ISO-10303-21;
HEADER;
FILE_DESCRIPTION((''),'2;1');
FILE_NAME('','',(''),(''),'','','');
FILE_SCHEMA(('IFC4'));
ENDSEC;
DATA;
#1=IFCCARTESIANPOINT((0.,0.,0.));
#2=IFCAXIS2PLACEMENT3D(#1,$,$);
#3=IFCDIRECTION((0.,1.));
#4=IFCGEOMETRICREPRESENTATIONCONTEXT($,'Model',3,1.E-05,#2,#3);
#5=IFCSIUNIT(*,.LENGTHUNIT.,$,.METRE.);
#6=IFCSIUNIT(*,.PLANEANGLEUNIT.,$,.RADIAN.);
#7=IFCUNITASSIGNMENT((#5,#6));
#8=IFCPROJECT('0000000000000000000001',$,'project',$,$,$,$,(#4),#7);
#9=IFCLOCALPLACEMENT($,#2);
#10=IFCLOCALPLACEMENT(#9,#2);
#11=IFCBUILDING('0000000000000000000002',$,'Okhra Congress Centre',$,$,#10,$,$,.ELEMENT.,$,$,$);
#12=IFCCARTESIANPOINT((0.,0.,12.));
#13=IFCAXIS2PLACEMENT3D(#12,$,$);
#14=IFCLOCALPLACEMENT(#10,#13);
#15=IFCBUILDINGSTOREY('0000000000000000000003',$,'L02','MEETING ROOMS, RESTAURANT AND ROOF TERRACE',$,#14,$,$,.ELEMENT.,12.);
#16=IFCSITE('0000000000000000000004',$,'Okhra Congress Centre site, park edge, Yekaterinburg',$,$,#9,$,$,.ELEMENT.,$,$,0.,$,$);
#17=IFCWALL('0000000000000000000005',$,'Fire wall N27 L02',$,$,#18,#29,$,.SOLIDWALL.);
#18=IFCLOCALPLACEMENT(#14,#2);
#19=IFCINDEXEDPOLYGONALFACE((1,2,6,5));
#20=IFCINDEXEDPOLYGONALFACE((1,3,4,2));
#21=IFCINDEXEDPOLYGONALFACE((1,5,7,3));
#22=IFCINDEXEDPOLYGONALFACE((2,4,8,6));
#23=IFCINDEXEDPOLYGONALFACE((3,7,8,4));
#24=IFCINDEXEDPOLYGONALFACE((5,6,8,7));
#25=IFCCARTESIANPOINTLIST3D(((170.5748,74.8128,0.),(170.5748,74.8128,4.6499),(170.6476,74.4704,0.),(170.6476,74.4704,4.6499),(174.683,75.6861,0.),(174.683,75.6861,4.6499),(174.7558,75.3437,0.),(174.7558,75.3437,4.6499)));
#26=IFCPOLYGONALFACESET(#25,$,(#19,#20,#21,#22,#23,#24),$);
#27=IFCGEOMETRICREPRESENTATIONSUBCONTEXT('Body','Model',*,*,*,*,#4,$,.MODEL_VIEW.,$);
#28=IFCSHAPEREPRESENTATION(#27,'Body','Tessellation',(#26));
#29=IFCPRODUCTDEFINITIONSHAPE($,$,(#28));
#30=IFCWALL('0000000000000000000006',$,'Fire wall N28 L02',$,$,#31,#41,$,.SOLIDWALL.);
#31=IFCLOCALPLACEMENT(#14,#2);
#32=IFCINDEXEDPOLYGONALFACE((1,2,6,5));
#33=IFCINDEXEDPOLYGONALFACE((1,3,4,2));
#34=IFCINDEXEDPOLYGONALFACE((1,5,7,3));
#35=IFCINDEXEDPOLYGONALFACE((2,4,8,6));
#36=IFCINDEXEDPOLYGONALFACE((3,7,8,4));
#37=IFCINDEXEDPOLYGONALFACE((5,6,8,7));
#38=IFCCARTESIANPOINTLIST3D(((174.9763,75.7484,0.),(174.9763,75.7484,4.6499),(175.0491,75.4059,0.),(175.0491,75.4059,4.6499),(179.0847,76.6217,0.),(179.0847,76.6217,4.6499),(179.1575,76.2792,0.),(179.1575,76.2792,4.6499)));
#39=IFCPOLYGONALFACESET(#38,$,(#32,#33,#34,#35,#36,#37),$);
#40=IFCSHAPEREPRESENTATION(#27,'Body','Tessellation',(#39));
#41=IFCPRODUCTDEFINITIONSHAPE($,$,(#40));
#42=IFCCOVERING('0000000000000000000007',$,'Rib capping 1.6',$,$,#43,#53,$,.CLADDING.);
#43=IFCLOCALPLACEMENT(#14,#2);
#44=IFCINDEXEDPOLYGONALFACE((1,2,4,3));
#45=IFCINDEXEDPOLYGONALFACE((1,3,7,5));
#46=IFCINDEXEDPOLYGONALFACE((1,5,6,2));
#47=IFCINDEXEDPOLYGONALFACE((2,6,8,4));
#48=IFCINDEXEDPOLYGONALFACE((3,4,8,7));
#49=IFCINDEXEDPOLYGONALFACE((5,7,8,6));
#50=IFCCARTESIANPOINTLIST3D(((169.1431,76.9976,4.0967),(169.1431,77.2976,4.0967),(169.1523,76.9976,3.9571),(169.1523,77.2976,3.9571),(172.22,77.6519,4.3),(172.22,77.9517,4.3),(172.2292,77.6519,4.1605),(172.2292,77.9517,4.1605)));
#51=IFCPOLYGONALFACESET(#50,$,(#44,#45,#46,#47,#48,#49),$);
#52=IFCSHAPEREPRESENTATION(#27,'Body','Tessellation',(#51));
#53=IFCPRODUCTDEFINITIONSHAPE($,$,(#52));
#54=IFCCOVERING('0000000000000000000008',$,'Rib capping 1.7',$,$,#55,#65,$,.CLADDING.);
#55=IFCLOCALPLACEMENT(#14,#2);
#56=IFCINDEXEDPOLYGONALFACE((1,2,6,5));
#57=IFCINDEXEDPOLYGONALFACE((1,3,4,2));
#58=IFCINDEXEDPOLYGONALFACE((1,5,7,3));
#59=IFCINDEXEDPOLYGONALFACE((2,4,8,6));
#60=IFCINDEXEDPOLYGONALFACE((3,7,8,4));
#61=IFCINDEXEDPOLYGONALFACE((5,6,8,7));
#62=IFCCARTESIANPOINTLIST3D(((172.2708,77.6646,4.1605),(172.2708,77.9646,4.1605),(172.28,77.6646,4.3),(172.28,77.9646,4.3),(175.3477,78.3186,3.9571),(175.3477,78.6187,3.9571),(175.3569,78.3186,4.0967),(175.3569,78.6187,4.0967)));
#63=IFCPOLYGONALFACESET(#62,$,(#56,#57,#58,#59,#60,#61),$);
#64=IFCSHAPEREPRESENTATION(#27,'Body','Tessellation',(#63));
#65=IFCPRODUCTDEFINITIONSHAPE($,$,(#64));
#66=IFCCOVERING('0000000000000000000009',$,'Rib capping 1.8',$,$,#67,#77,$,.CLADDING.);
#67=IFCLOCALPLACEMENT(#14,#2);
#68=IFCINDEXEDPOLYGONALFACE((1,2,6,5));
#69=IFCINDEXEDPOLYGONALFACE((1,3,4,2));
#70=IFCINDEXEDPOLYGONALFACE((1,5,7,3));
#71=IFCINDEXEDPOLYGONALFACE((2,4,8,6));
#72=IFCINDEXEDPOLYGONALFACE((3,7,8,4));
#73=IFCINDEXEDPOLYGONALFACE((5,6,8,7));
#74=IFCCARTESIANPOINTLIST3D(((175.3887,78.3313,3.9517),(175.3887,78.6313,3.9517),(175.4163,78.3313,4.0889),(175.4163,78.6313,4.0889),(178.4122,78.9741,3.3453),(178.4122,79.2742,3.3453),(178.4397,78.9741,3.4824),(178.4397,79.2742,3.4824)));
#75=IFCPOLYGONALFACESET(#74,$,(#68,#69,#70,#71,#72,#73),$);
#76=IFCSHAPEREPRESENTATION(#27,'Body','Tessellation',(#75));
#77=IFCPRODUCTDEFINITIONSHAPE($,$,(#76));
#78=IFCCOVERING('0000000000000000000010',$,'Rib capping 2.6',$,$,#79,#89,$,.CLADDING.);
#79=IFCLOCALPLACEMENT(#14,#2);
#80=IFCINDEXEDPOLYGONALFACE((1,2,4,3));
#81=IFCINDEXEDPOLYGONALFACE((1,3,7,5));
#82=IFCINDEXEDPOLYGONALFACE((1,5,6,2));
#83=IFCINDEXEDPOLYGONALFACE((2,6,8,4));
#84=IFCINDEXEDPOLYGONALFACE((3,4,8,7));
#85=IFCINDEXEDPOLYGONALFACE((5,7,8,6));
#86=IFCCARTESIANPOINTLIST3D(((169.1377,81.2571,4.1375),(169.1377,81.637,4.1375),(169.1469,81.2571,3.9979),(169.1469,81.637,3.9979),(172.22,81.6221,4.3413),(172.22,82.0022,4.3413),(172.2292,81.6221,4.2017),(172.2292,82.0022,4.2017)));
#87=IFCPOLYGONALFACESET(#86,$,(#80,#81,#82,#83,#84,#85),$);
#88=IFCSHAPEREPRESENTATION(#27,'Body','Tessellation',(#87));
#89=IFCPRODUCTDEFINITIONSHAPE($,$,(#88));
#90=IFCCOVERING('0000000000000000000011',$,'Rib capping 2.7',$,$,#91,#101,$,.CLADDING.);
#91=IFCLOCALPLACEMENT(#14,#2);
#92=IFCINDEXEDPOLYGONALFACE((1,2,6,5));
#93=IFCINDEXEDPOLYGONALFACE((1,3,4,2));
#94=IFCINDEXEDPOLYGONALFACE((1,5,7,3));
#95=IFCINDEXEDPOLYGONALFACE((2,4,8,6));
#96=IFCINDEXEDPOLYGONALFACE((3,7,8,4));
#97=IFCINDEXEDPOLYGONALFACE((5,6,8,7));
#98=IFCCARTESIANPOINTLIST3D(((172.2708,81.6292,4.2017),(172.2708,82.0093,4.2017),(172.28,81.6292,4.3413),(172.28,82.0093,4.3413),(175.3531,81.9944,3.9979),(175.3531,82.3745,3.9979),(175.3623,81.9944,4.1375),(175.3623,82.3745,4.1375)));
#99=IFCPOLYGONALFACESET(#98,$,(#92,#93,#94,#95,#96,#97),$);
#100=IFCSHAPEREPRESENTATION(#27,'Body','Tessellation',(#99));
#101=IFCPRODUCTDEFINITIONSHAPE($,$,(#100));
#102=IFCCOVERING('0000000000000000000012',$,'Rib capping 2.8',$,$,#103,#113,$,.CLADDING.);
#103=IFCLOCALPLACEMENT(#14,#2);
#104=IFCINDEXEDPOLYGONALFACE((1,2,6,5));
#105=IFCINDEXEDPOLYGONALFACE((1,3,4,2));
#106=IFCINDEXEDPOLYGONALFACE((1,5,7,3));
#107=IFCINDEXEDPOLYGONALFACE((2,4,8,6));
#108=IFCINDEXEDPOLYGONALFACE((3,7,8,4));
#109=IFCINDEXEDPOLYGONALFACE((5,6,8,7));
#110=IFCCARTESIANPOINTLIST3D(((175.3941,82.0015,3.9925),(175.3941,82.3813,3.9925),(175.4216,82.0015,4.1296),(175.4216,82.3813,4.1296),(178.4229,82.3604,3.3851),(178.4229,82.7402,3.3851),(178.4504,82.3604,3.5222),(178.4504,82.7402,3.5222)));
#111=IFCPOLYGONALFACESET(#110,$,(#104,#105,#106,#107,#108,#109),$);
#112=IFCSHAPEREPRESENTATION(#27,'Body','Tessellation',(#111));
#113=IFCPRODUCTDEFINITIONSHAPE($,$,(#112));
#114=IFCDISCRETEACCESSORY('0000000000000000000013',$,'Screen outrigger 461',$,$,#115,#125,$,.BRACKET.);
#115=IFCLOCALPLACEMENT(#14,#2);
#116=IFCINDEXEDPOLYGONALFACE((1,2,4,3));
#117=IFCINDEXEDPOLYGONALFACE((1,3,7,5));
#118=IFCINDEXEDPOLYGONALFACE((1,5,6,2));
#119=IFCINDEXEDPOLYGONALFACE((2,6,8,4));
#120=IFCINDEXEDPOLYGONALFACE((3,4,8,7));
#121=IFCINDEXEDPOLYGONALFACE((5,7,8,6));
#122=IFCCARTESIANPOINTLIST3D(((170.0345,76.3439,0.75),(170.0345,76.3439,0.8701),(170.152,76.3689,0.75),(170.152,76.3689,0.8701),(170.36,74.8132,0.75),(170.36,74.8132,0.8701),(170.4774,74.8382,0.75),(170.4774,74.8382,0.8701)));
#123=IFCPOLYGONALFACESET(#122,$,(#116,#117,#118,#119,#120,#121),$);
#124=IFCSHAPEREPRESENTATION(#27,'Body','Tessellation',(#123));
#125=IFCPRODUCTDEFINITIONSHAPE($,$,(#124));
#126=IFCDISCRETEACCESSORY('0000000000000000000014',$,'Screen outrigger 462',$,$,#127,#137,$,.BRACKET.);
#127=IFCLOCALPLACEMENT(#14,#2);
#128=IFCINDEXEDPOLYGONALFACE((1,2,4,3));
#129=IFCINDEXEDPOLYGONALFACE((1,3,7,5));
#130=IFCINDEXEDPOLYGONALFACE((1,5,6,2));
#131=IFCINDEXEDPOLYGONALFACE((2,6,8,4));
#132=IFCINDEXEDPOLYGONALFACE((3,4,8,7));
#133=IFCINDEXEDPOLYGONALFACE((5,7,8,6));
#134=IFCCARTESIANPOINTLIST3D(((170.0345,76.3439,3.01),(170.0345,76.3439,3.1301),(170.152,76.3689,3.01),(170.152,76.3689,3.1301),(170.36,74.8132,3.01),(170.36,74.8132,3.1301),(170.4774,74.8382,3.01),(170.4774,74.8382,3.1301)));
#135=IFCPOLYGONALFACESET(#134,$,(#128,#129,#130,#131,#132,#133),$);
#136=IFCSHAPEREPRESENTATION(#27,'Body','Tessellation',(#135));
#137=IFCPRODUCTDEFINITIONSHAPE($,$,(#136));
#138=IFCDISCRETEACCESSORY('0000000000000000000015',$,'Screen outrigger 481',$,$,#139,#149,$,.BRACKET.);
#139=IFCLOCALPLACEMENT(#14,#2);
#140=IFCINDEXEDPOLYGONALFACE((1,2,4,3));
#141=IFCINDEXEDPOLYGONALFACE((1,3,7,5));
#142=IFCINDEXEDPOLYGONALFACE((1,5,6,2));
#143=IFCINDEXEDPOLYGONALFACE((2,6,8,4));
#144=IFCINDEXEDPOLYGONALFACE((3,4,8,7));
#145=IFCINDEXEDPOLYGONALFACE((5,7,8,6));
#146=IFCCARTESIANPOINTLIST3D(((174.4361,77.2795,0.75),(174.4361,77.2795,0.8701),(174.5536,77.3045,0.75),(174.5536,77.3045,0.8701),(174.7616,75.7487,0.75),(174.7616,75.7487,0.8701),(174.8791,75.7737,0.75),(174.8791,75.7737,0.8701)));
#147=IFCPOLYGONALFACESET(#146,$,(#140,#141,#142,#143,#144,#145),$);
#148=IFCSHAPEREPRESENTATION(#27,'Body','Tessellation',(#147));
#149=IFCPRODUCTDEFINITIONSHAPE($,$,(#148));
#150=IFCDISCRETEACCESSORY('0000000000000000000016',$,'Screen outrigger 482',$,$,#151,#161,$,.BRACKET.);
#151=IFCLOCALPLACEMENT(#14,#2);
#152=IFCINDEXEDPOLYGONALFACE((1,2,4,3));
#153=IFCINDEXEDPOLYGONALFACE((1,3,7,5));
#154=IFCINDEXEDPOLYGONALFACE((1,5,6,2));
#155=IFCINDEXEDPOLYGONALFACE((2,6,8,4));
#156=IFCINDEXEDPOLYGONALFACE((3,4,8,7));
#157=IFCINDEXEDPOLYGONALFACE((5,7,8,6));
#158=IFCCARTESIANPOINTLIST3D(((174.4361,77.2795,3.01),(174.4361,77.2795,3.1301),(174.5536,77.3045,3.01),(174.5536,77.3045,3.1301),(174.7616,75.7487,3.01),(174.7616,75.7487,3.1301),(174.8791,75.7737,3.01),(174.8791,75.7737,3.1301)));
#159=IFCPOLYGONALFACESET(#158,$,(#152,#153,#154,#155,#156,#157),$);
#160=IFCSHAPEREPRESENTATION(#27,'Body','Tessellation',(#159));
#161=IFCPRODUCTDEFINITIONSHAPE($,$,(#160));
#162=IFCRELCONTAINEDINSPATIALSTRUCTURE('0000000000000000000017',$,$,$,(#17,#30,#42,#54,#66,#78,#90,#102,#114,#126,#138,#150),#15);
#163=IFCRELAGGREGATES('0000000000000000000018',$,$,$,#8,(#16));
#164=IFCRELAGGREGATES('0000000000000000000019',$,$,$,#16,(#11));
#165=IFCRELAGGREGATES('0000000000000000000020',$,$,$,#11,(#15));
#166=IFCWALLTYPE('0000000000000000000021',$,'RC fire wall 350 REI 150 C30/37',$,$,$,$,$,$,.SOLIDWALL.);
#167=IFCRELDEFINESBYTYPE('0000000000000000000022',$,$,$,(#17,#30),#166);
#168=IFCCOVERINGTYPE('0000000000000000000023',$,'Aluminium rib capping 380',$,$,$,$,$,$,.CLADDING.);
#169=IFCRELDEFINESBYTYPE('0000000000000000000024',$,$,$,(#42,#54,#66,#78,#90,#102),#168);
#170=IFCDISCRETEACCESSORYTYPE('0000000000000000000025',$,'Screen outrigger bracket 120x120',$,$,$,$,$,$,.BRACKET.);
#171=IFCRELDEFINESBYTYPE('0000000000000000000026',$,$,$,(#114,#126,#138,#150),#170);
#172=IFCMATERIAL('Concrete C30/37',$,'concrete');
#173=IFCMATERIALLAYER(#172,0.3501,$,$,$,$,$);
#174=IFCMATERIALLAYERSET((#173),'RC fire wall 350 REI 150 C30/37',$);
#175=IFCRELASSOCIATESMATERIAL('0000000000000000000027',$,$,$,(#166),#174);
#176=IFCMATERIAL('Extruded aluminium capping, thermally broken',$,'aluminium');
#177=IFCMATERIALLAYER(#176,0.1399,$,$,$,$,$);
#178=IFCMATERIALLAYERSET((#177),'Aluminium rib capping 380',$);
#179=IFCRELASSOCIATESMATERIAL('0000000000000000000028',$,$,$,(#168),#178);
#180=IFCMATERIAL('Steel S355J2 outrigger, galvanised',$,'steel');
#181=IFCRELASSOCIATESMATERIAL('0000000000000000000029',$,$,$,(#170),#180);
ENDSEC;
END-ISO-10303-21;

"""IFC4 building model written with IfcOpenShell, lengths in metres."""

from ifc_helpers import new_model, si_unit, direction, frame, frame_2d, origin, origin_2d, place, context, subcontext, project, spatial, polyline, rectangle, outline, extrude, material, layer, layer_set, material_profile, profile_set, type_object, element, save


model = new_model("IFC4")

# Units and contexts
model_context = context("Model", 3, precision=1e-05, world=origin(), true_north=direction((0.0, 1.0)))
body_context = subcontext(model_context, "Body", "Model", "MODEL_VIEW")
ifc_project = project(units=[si_unit("LENGTHUNIT", "METRE"), si_unit("PLANEANGLEUNIT", "RADIAN")], contexts=[model_context])

# Site, building, storey
site_placement = place(None, origin())
site = spatial("IfcSite", under=ifc_project, at=site_placement, Name="Okhra Congress Centre site, park edge, Yekaterinburg", CompositionType="ELEMENT", RefElevation=0.0)
building_placement = place(site_placement, origin())
building = spatial("IfcBuilding", under=site, at=building_placement, Name="Okhra Congress Centre", CompositionType="ELEMENT")
storey_placement = place(building_placement, frame((0.0, 0.0, 12.0)))
storey = spatial("IfcBuildingStorey", under=building, at=storey_placement, Name="L02", Description="MEETING ROOMS, RESTAURANT AND ROOF TERRACE", CompositionType="ELEMENT", Elevation=12.0)

# Walls
ifc_material_1 = material(Name="Concrete C30/37", Category="concrete")
ifc_layer_1 = layer(ifc_material_1, 0.3501)
ifc_layer_set_1 = layer_set([ifc_layer_1], Name="RC fire wall 350 REI 150 C30/37")
wall_type = type_object("IfcWallType", Name="RC fire wall 350 REI 150 C30/37", PredefinedType="SOLIDWALL", material=ifc_layer_set_1)
for number, where, z_axis, x_axis, name in (
    (1, (170.6111, 74.6416, 0.0), (0.0, 0.0, 1.0), (0.978144, 0.207929, 0.0), "Fire wall N27 L02"),
):
    element("IfcWall", number, at=place(storey_placement, frame(where, z_axis=z_axis, x_axis=x_axis)), inside=storey, type_object=wall_type, Name=name, PredefinedType="SOLIDWALL", context=body_context, shape_type="SweptSolid", body=[
        extrude(rectangle(XDim=4.2, YDim=0.3501, at=frame_2d((2.1001, 0.0))), origin(), (0.0, 0.0, 1.0), 4.6499),
    ])
wall_placement = place(storey_placement, frame((175.0127, 75.5771, 0.0), z_axis=(0.0, 0.0, 1.0), x_axis=(0.978146, 0.207917, 0.0)))
element("IfcWall", 2, at=wall_placement, inside=storey, type_object=wall_type, Name="Fire wall N28 L02", PredefinedType="SOLIDWALL", context=body_context, shape_type="SweptSolid", body=[
    extrude(rectangle(XDim=4.2002, YDim=0.3501, at=frame_2d((2.1001, 0.0))), origin(), (0.0, 0.0, 1.0), 4.6499),
])

# Coverings
ifc_material_2 = material(Name="Extruded aluminium capping, thermally broken", Category="aluminium")
ifc_layer_2 = layer(ifc_material_2, 0.1399)
ifc_layer_set_2 = layer_set([ifc_layer_2], Name="Aluminium rib capping 380")
covering_type = type_object("IfcCoveringType", Name="Aluminium rib capping 380", PredefinedType="CLADDING", material=ifc_layer_set_2)
covering_1_placement = place(storey_placement, frame((169.1431, 76.9976, 4.0967), z_axis=(-0.065951, 0.0, 0.997823), x_axis=(0.976092, 0.207564, 0.064515)))
element("IfcCovering", 3, at=covering_1_placement, inside=storey, type_object=covering_type, Name="Rib capping 1.6", PredefinedType="CLADDING", context=body_context, shape_type="SweptSolid", body=[
    extrude(outline(polyline([(0.0, 0.0), (3.1523, 0.0), (3.2145, 0.2933), (0.0623, 0.2935), (0.0, 0.0)])), origin(), (0.0, 0.0, -1.0), 0.1399),
])
covering_2_placement = place(storey_placement, frame((172.28, 77.6646, 4.3), z_axis=(0.065951, 0.0, 0.997823), x_axis=(0.976107, 0.20749, -0.064516)))
element("IfcCovering", 4, at=covering_2_placement, inside=storey, type_object=covering_type, Name="Rib capping 1.7", PredefinedType="CLADDING", context=body_context, shape_type="SweptSolid", body=[
    extrude(outline(polyline([(0.0, 0.0), (3.1522, 0.0), (3.2145, 0.2935), (0.0623, 0.2935), (0.0, 0.0)])), origin(), (0.0, 0.0, -1.0), 0.1399),
])
covering_3_placement = place(storey_placement, frame((175.4163, 78.3313, 4.0889), z_axis=(0.196664, 0.0, 0.980471), x_axis=(0.959837, 0.204074, -0.192526)))
element("IfcCovering", 5, at=covering_3_placement, inside=storey, type_object=covering_type, Name="Rib capping 1.8", PredefinedType="CLADDING", context=body_context, shape_type="SweptSolid", body=[
    extrude(outline(polyline([(0.0, 0.0), (3.1499, 0.0), (3.2112, 0.2937), (0.0612, 0.2937), (0.0, 0.0)])), origin(), (0.0, 0.0, -1.0), 0.1399),
])
covering_4_placement = place(storey_placement, frame((169.1377, 81.2571, 4.1375), z_axis=(-0.065994, 0.0, 0.99782), x_axis=(0.990927, 0.117341, 0.065539)))
element("IfcCovering", 6, at=covering_4_placement, inside=storey, type_object=covering_type, Name="Rib capping 2.6", PredefinedType="CLADDING", context=body_context, shape_type="SweptSolid", body=[
    extrude(outline(polyline([(0.0, 0.0), (3.1105, 0.0), (3.1551, 0.3775), (0.0446, 0.3773), (0.0, 0.0)])), origin(), (0.0, 0.0, -1.0), 0.1399),
])
covering_5_placement = place(storey_placement, frame((172.28, 81.6292, 4.3413), z_axis=(0.065994, 0.0, 0.99782), x_axis=(0.990918, 0.117419, -0.065538)))
element("IfcCovering", 7, at=covering_5_placement, inside=storey, type_object=covering_type, Name="Rib capping 2.7", PredefinedType="CLADDING", context=body_context, shape_type="SweptSolid", body=[
    extrude(outline(polyline([(0.0, 0.0), (3.1105, 0.0), (3.1552, 0.3775), (0.0446, 0.3775), (0.0, 0.0)])), origin(), (0.0, 0.0, -1.0), 0.1399),
])
covering_6_placement = place(storey_placement, frame((175.4216, 82.0015, 4.1296), z_axis=(0.196633, 0.0, 0.980477), x_axis=(0.973927, 0.115402, -0.195319)))
element("IfcCovering", 8, at=covering_6_placement, inside=storey, type_object=covering_type, Name="Rib capping 2.8", PredefinedType="CLADDING", context=body_context, shape_type="SweptSolid", body=[
    extrude(outline(polyline([(0.0, 0.0), (3.1099, 0.0), (3.1537, 0.3773), (0.0438, 0.3773), (0.0, 0.0)])), origin(), (0.0, 0.0, -1.0), 0.1399),
])

# Discrete accessories
ifc_material_3 = material(Name="Steel S355J2 outrigger, galvanised", Category="steel")
ifc_material_profile_1 = material_profile(ifc_material_3, rectangle(XDim=0.1201, YDim=0.1201, at=origin_2d()), Name="Screen outrigger bracket 120x120")
ifc_profile_set_1 = profile_set([ifc_material_profile_1], Name="Steel S355J2 outrigger, galvanised")
discrete_accessory_type = type_object("IfcDiscreteAccessoryType", Name="Screen outrigger bracket 120x120", PredefinedType="BRACKET", material=ifc_profile_set_1)
for number, where, z_axis, x_axis, name in (
    (9, (170.4187, 74.8257, 0.8101), (-0.207952, 0.978139, 0.0), (-0.978139, -0.207952, 0.0), "Screen outrigger 461"),
    (10, (170.4187, 74.8257, 3.0701), (-0.207952, 0.978139, 0.0), (-0.978139, -0.207952, 0.0), "Screen outrigger 462"),
    (11, (174.8203, 75.7612, 0.8101), (-0.207952, 0.978139, 0.0), (-0.978139, -0.207952, 0.0), "Screen outrigger 481"),
    (12, (174.8203, 75.7612, 3.0701), (-0.207952, 0.978139, 0.0), (-0.978139, -0.207952, 0.0), "Screen outrigger 482"),
):
    element("IfcDiscreteAccessory", number, at=place(storey_placement, frame(where, z_axis=z_axis, x_axis=x_axis)), inside=storey, type_object=discrete_accessory_type, Name=name, PredefinedType="BRACKET", context=body_context, shape_type="SweptSolid", body=[
        extrude(rectangle(XDim=0.1201, YDim=0.1201, at=origin_2d()), origin(), (0.0, 0.0, 1.0), 1.5649),
    ])

save(model, "model.ifc")
